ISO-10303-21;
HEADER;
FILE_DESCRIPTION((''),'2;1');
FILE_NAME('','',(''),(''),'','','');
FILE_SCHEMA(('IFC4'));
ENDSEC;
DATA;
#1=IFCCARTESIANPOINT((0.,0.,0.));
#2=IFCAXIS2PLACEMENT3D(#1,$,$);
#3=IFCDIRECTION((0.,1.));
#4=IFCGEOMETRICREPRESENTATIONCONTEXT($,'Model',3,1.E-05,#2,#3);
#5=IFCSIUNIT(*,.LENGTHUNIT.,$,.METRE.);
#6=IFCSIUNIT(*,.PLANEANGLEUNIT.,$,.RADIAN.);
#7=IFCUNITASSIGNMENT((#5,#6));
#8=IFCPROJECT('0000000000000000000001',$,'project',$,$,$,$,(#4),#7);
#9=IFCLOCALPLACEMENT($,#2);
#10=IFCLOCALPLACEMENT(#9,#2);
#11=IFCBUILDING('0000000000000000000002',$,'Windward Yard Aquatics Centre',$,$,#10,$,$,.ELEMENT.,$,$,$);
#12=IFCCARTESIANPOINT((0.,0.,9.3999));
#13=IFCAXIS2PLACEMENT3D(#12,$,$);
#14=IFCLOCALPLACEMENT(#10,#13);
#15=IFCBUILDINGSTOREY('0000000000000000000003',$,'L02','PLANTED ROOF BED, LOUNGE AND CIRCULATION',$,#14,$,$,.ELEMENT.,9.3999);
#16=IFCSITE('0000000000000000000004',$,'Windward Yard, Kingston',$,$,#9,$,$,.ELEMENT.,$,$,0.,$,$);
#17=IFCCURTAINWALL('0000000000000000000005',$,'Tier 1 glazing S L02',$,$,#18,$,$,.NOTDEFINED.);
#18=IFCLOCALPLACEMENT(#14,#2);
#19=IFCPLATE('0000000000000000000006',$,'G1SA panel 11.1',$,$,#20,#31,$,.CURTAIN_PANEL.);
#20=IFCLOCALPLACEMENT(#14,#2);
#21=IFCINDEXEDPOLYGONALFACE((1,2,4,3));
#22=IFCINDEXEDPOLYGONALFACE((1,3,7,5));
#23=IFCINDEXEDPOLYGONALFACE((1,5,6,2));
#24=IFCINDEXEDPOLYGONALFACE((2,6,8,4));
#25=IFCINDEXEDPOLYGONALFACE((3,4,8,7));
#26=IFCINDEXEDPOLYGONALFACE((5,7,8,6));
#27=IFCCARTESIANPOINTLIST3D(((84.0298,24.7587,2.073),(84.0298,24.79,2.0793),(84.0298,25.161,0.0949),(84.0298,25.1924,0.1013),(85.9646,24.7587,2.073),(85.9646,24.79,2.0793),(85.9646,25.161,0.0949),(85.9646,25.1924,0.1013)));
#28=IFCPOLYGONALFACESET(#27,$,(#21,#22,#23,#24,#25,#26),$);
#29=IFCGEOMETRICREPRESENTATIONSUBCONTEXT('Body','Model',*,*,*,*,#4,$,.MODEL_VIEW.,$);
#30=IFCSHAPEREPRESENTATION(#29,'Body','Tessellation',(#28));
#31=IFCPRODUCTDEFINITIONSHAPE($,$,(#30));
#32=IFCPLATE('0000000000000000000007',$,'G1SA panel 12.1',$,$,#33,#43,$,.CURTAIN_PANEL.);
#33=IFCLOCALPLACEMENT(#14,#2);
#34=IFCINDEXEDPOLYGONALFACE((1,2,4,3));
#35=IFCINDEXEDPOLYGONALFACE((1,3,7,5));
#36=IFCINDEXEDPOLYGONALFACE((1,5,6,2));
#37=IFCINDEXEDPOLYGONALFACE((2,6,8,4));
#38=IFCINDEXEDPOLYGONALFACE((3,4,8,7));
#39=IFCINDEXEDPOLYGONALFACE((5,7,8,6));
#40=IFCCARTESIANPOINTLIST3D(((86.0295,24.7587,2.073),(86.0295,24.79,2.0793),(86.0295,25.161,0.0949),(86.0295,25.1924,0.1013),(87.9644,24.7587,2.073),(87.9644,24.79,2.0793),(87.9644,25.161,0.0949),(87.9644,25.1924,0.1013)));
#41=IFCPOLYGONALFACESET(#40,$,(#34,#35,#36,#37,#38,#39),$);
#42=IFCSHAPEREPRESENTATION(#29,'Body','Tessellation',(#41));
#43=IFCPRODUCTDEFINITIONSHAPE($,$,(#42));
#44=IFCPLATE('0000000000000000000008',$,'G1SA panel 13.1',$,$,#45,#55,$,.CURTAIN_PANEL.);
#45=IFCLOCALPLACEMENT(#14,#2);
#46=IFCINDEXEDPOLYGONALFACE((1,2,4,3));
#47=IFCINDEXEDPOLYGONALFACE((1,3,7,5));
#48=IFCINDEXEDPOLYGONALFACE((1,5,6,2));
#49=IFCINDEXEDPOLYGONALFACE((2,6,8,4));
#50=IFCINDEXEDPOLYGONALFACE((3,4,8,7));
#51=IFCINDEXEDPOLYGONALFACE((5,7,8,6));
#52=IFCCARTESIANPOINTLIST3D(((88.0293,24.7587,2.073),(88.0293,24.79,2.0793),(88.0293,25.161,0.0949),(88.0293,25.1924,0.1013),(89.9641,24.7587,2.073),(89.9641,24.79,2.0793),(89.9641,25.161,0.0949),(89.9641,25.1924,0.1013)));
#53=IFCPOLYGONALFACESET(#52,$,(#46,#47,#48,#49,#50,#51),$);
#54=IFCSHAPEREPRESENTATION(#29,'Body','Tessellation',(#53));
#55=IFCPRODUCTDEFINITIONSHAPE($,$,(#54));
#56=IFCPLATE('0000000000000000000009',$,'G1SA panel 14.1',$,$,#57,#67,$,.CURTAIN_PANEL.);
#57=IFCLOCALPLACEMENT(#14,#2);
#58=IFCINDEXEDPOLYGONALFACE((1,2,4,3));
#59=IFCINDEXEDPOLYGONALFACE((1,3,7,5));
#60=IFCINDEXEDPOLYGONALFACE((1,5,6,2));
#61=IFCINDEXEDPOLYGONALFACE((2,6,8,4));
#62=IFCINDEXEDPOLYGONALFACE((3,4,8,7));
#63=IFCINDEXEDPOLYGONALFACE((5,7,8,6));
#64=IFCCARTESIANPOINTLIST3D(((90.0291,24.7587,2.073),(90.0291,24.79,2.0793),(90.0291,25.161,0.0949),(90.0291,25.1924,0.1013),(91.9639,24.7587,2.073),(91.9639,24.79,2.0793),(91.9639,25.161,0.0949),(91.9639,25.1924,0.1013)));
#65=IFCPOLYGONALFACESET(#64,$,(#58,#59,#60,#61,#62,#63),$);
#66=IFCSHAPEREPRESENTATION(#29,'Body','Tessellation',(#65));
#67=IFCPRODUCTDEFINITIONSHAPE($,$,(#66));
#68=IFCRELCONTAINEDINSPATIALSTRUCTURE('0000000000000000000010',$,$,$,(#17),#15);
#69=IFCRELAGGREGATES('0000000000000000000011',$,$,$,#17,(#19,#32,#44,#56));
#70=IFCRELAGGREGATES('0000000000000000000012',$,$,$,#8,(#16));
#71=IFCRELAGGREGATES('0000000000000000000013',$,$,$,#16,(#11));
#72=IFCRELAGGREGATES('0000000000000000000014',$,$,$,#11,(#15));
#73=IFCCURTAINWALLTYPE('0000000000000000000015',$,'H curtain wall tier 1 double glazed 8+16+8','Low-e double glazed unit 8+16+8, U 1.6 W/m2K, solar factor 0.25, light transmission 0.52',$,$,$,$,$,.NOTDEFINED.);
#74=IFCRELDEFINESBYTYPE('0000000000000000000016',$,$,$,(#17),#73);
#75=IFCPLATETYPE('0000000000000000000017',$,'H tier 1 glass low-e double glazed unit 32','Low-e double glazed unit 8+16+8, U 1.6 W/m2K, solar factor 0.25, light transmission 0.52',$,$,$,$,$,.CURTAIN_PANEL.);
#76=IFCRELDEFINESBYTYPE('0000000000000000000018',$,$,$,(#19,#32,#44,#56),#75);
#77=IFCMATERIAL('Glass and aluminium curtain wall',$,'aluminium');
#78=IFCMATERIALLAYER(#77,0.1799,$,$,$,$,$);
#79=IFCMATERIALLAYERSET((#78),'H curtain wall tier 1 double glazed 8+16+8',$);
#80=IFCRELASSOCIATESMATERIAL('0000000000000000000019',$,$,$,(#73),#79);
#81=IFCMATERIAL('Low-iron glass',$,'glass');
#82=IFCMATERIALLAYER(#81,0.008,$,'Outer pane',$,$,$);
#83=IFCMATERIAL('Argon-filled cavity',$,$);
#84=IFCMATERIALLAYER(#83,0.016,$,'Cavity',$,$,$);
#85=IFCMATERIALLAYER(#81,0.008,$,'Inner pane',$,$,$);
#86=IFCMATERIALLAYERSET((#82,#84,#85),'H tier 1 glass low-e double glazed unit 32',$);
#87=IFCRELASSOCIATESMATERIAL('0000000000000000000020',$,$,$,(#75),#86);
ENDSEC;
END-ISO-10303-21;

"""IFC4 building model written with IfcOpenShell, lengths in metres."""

from ifc_helpers import new_model, si_unit, direction, frame, origin, place, context, subcontext, project, spatial, polyline, outline, extrude, material, layer, layer_set, type_object, element, aggregate, save


model = new_model("IFC4")

# Units and contexts
model_context = context("Model", 3, precision=1e-05, world=origin(), true_north=direction((0.0, 1.0)))
body_context = subcontext(model_context, "Body", "Model", "MODEL_VIEW")
ifc_project = project(units=[si_unit("LENGTHUNIT", "METRE"), si_unit("PLANEANGLEUNIT", "RADIAN")], contexts=[model_context])

# Site, building, storey
site_placement = place(None, origin())
site = spatial("IfcSite", under=ifc_project, at=site_placement, Name="Windward Yard, Kingston", CompositionType="ELEMENT", RefElevation=0.0)
building_placement = place(site_placement, origin())
building = spatial("IfcBuilding", under=site, at=building_placement, Name="Windward Yard Aquatics Centre", CompositionType="ELEMENT")
storey_placement = place(building_placement, frame((0.0, 0.0, 9.3999)))
storey = spatial("IfcBuildingStorey", under=building, at=storey_placement, Name="L02", Description="PLANTED ROOF BED, LOUNGE AND CIRCULATION", CompositionType="ELEMENT", Elevation=9.3999)

# Curtain wall, plates
ifc_material_1 = material(Name="Glass and aluminium curtain wall", Category="aluminium")
ifc_layer_1 = layer(ifc_material_1, 0.1799)
ifc_layer_set_1 = layer_set([ifc_layer_1], Name="H curtain wall tier 1 double glazed 8+16+8")
curtain_wall_type = type_object("IfcCurtainWallType", Name="H curtain wall tier 1 double glazed 8+16+8", Description="Low-e double glazed unit 8+16+8, U 1.6 W/m2K, solar factor 0.25, light transmission 0.52", PredefinedType="NOTDEFINED", material=ifc_layer_set_1)
curtain_wall_placement = place(storey_placement, origin())
curtain_wall = element("IfcCurtainWall", 1, at=curtain_wall_placement, inside=storey, type_object=curtain_wall_type, Name="Tier 1 glazing S L02", PredefinedType="NOTDEFINED")
ifc_material_2 = material(Name="Low-iron glass", Category="glass")
ifc_layer_2 = layer(ifc_material_2, 0.008, Name="Outer pane")
ifc_material_3 = material(Name="Argon-filled cavity")
ifc_layer_3 = layer(ifc_material_3, 0.016, Name="Cavity")
ifc_layer_4 = layer(ifc_material_2, 0.008, Name="Inner pane")
ifc_layer_set_2 = layer_set([ifc_layer_2, ifc_layer_3, ifc_layer_4], Name="H tier 1 glass low-e double glazed unit 32")
plate_type = type_object("IfcPlateType", Name="H tier 1 glass low-e double glazed unit 32", Description="Low-e double glazed unit 8+16+8, U 1.6 W/m2K, solar factor 0.25, light transmission 0.52", PredefinedType="CURTAIN_PANEL", material=ifc_layer_set_2)
plate_1_placement = place(storey_placement, frame((84.0298, 24.79, 2.0793), z_axis=(0.0, 0.979933, 0.199325), x_axis=(0.0, 0.199325, -0.979933)))
plate_1 = element("IfcPlate", 2, at=plate_1_placement, type_object=plate_type, Name="G1SA panel 11.1", PredefinedType="CURTAIN_PANEL", context=body_context, shape_type="SweptSolid", body=[
    extrude(outline(polyline([(0.0, 0.0), (2.0185, 0.0), (2.0185, -1.9348), (0.0, -1.9348), (0.0, 0.0)])), origin(), (0.0, 0.0, -1.0), 0.032),
])
plate_2_placement = place(storey_placement, frame((86.0295, 24.79, 2.0793), z_axis=(0.0, 0.979933, 0.199325), x_axis=(0.0, 0.199325, -0.979933)))
plate_2 = element("IfcPlate", 3, at=plate_2_placement, type_object=plate_type, Name="G1SA panel 12.1", PredefinedType="CURTAIN_PANEL", context=body_context, shape_type="SweptSolid", body=[
    extrude(outline(polyline([(0.0, 0.0), (2.0185, 0.0), (2.0185, -1.9348), (0.0, -1.9348), (0.0, 0.0)])), origin(), (0.0, 0.0, -1.0), 0.032),
])
plate_3_placement = place(storey_placement, frame((88.0293, 24.79, 2.0793), z_axis=(0.0, 0.979933, 0.199325), x_axis=(0.0, 0.199325, -0.979933)))
plate_3 = element("IfcPlate", 4, at=plate_3_placement, type_object=plate_type, Name="G1SA panel 13.1", PredefinedType="CURTAIN_PANEL", context=body_context, shape_type="SweptSolid", body=[
    extrude(outline(polyline([(0.0, 0.0), (2.0185, 0.0), (2.0185, -1.9348), (0.0, -1.9348), (0.0, 0.0)])), origin(), (0.0, 0.0, -1.0), 0.032),
])
plate_4_placement = place(storey_placement, frame((90.0291, 24.79, 2.0793), z_axis=(0.0, 0.979933, 0.199325), x_axis=(0.0, 0.199325, -0.979933)))
plate_4 = element("IfcPlate", 5, at=plate_4_placement, type_object=plate_type, Name="G1SA panel 14.1", PredefinedType="CURTAIN_PANEL", context=body_context, shape_type="SweptSolid", body=[
    extrude(outline(polyline([(0.0, 0.0), (2.0185, 0.0), (2.0185, -1.9348), (0.0, -1.9348), (0.0, 0.0)])), origin(), (0.0, 0.0, -1.0), 0.032),
])
aggregate(curtain_wall, [plate_1, plate_2, plate_3, plate_4])

save(model, "model.ifc")
